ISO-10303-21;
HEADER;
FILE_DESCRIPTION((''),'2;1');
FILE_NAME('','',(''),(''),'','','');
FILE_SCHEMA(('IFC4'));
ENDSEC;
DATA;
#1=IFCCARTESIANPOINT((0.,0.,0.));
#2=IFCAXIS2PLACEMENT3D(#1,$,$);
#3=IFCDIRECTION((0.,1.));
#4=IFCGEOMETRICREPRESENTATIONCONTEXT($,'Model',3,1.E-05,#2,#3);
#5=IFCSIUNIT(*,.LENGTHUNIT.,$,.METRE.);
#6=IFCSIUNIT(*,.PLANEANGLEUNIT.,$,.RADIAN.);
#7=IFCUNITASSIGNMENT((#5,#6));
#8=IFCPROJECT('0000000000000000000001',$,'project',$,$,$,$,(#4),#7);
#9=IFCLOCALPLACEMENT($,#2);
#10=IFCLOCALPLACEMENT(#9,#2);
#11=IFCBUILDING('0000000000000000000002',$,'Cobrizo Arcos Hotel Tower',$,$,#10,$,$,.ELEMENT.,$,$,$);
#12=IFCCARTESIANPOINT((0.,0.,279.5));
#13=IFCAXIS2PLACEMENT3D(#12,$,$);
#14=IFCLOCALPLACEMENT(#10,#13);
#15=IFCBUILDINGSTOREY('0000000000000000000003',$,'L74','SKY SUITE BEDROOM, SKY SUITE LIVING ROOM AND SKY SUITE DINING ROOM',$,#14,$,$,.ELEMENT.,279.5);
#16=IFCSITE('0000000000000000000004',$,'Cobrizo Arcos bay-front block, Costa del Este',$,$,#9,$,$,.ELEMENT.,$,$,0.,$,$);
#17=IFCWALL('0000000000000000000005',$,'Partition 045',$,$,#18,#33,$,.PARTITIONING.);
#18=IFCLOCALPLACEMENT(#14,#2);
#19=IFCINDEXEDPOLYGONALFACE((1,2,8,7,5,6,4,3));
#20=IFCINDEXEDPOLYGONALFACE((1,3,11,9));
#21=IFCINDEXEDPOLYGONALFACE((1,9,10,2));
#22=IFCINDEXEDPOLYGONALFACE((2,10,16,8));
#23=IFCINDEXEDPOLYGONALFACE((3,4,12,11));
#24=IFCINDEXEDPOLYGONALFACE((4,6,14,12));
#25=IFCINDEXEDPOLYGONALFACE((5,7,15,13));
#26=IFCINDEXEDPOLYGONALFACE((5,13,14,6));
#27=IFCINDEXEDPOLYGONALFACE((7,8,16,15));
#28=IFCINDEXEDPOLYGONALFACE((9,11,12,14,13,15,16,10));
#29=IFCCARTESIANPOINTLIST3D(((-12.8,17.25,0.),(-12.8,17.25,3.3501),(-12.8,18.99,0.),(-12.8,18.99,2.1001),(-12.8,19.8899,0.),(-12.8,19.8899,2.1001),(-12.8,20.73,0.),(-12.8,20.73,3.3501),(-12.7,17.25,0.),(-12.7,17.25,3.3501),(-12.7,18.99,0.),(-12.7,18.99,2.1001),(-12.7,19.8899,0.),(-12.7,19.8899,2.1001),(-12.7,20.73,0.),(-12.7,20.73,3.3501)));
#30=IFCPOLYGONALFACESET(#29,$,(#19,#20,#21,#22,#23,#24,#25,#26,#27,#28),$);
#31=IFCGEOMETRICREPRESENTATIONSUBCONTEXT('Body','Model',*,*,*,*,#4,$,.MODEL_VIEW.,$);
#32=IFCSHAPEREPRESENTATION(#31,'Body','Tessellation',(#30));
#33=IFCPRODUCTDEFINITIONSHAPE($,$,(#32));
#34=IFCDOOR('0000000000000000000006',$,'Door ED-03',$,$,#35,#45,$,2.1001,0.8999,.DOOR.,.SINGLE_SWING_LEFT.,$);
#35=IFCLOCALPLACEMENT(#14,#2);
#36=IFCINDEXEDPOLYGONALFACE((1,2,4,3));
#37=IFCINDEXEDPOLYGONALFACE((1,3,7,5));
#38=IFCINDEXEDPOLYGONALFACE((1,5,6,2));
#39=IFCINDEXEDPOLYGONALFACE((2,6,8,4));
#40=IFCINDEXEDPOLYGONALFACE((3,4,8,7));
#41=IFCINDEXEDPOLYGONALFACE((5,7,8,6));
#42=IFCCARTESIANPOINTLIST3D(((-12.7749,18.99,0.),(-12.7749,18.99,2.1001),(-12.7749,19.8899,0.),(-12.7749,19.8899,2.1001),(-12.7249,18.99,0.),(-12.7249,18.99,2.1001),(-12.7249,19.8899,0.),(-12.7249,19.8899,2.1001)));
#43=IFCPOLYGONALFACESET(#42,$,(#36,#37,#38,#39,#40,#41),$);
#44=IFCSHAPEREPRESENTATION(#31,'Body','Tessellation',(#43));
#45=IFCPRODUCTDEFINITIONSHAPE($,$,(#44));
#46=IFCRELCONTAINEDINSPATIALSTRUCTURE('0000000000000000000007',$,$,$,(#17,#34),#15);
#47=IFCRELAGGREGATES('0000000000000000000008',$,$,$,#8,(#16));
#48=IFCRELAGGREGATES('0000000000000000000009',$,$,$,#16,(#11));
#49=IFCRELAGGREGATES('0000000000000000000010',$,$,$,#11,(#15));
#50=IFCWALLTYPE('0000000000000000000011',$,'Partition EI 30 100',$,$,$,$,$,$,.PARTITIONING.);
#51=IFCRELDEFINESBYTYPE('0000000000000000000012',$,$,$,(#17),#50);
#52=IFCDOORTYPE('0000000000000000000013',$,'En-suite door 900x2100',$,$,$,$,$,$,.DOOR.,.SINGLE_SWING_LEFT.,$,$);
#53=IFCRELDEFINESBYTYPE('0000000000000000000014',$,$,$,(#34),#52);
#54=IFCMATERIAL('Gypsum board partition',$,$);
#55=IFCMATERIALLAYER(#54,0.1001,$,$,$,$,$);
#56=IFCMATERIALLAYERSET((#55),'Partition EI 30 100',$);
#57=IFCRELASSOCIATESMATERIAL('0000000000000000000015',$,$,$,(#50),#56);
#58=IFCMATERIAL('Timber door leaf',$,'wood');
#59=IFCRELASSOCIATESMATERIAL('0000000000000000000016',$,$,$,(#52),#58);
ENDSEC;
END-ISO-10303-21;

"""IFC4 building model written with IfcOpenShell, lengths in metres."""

from ifc_helpers import new_model, si_unit, direction, frame, frame_2d, origin, place, context, subcontext, project, spatial, rectangle, extrude, material, layer, layer_set, type_object, element, fill, save


model = new_model("IFC4")

# Units and contexts
model_context = context("Model", 3, precision=1e-05, world=origin(), true_north=direction((0.0, 1.0)))
body_context = subcontext(model_context, "Body", "Model", "MODEL_VIEW")
ifc_project = project(units=[si_unit("LENGTHUNIT", "METRE"), si_unit("PLANEANGLEUNIT", "RADIAN")], contexts=[model_context])

# Site, building, storey
site_placement = place(None, origin())
site = spatial("IfcSite", under=ifc_project, at=site_placement, Name="Cobrizo Arcos bay-front block, Costa del Este", CompositionType="ELEMENT", RefElevation=0.0)
building_placement = place(site_placement, origin())
building = spatial("IfcBuilding", under=site, at=building_placement, Name="Cobrizo Arcos Hotel Tower", CompositionType="ELEMENT")
storey_placement = place(building_placement, frame((0.0, 0.0, 279.5)))
storey = spatial("IfcBuildingStorey", under=building, at=storey_placement, Name="L74", Description="SKY SUITE BEDROOM, SKY SUITE LIVING ROOM AND SKY SUITE DINING ROOM", CompositionType="ELEMENT", Elevation=279.5)

# Shared definitions
ifc_material_1 = material(Name="Gypsum board partition")
ifc_layer_1 = layer(ifc_material_1, 0.1001)
ifc_layer_set_1 = layer_set([ifc_layer_1], Name="Partition EI 30 100")
wall_type = type_object("IfcWallType", Name="Partition EI 30 100", PredefinedType="PARTITIONING", material=ifc_layer_set_1)

# Wall, opening, door
wall_1_placement = place(storey_placement, frame((-12.75, 17.25, 0.0), z_axis=(0.0, 0.0, 1.0), x_axis=(0.0, 1.0, 0.0)))
wall_1 = element("IfcWall", 1, at=wall_1_placement, inside=storey, type_object=wall_type, Name="Partition 045", PredefinedType="PARTITIONING", context=body_context, shape_type="SweptSolid", body=[
    extrude(rectangle(XDim=3.48, YDim=0.1001, at=frame_2d((1.74, 0.0))), origin(), (0.0, 0.0, 1.0), 3.3501),
])
opening_placement = place(wall_1_placement, frame((1.74, 0.0, 0.0)))
opening = element("IfcOpeningElement", 2, at=opening_placement, cuts=wall_1, PredefinedType="OPENING", context=body_context, shape_type="SweptSolid", body=[
    extrude(rectangle(XDim=0.8999, YDim=2.1001, at=frame_2d((0.45, 1.05))), frame((0.0, 0.062, 0.0), z_axis=(0.0, -1.0, 0.0), x_axis=(1.0, 0.0, 0.0)), (0.0, 0.0, 1.0), 0.124),
])
ifc_material_2 = material(Name="Timber door leaf", Category="wood")
door_type = type_object("IfcDoorType", Name="En-suite door 900x2100", OperationType="SINGLE_SWING_LEFT", PredefinedType="DOOR", material=ifc_material_2)
door_placement = place(opening_placement, origin())
door = element("IfcDoor", 3, at=door_placement, inside=storey, type_object=door_type, Name="Door ED-03", OperationType="SINGLE_SWING_LEFT", OverallHeight=2.1001, OverallWidth=0.8999, PredefinedType="DOOR", context=body_context, shape_type="SweptSolid", body=[
    extrude(rectangle(XDim=0.8999, YDim=2.1001, at=frame_2d((0.45, 1.05))), frame((0.0, 0.0249, 0.0), z_axis=(0.0, -1.0, 0.0), x_axis=(1.0, 0.0, 0.0)), (0.0, 0.0, 1.0), 0.05),
])
fill(opening, door)

save(model, "model.ifc")
